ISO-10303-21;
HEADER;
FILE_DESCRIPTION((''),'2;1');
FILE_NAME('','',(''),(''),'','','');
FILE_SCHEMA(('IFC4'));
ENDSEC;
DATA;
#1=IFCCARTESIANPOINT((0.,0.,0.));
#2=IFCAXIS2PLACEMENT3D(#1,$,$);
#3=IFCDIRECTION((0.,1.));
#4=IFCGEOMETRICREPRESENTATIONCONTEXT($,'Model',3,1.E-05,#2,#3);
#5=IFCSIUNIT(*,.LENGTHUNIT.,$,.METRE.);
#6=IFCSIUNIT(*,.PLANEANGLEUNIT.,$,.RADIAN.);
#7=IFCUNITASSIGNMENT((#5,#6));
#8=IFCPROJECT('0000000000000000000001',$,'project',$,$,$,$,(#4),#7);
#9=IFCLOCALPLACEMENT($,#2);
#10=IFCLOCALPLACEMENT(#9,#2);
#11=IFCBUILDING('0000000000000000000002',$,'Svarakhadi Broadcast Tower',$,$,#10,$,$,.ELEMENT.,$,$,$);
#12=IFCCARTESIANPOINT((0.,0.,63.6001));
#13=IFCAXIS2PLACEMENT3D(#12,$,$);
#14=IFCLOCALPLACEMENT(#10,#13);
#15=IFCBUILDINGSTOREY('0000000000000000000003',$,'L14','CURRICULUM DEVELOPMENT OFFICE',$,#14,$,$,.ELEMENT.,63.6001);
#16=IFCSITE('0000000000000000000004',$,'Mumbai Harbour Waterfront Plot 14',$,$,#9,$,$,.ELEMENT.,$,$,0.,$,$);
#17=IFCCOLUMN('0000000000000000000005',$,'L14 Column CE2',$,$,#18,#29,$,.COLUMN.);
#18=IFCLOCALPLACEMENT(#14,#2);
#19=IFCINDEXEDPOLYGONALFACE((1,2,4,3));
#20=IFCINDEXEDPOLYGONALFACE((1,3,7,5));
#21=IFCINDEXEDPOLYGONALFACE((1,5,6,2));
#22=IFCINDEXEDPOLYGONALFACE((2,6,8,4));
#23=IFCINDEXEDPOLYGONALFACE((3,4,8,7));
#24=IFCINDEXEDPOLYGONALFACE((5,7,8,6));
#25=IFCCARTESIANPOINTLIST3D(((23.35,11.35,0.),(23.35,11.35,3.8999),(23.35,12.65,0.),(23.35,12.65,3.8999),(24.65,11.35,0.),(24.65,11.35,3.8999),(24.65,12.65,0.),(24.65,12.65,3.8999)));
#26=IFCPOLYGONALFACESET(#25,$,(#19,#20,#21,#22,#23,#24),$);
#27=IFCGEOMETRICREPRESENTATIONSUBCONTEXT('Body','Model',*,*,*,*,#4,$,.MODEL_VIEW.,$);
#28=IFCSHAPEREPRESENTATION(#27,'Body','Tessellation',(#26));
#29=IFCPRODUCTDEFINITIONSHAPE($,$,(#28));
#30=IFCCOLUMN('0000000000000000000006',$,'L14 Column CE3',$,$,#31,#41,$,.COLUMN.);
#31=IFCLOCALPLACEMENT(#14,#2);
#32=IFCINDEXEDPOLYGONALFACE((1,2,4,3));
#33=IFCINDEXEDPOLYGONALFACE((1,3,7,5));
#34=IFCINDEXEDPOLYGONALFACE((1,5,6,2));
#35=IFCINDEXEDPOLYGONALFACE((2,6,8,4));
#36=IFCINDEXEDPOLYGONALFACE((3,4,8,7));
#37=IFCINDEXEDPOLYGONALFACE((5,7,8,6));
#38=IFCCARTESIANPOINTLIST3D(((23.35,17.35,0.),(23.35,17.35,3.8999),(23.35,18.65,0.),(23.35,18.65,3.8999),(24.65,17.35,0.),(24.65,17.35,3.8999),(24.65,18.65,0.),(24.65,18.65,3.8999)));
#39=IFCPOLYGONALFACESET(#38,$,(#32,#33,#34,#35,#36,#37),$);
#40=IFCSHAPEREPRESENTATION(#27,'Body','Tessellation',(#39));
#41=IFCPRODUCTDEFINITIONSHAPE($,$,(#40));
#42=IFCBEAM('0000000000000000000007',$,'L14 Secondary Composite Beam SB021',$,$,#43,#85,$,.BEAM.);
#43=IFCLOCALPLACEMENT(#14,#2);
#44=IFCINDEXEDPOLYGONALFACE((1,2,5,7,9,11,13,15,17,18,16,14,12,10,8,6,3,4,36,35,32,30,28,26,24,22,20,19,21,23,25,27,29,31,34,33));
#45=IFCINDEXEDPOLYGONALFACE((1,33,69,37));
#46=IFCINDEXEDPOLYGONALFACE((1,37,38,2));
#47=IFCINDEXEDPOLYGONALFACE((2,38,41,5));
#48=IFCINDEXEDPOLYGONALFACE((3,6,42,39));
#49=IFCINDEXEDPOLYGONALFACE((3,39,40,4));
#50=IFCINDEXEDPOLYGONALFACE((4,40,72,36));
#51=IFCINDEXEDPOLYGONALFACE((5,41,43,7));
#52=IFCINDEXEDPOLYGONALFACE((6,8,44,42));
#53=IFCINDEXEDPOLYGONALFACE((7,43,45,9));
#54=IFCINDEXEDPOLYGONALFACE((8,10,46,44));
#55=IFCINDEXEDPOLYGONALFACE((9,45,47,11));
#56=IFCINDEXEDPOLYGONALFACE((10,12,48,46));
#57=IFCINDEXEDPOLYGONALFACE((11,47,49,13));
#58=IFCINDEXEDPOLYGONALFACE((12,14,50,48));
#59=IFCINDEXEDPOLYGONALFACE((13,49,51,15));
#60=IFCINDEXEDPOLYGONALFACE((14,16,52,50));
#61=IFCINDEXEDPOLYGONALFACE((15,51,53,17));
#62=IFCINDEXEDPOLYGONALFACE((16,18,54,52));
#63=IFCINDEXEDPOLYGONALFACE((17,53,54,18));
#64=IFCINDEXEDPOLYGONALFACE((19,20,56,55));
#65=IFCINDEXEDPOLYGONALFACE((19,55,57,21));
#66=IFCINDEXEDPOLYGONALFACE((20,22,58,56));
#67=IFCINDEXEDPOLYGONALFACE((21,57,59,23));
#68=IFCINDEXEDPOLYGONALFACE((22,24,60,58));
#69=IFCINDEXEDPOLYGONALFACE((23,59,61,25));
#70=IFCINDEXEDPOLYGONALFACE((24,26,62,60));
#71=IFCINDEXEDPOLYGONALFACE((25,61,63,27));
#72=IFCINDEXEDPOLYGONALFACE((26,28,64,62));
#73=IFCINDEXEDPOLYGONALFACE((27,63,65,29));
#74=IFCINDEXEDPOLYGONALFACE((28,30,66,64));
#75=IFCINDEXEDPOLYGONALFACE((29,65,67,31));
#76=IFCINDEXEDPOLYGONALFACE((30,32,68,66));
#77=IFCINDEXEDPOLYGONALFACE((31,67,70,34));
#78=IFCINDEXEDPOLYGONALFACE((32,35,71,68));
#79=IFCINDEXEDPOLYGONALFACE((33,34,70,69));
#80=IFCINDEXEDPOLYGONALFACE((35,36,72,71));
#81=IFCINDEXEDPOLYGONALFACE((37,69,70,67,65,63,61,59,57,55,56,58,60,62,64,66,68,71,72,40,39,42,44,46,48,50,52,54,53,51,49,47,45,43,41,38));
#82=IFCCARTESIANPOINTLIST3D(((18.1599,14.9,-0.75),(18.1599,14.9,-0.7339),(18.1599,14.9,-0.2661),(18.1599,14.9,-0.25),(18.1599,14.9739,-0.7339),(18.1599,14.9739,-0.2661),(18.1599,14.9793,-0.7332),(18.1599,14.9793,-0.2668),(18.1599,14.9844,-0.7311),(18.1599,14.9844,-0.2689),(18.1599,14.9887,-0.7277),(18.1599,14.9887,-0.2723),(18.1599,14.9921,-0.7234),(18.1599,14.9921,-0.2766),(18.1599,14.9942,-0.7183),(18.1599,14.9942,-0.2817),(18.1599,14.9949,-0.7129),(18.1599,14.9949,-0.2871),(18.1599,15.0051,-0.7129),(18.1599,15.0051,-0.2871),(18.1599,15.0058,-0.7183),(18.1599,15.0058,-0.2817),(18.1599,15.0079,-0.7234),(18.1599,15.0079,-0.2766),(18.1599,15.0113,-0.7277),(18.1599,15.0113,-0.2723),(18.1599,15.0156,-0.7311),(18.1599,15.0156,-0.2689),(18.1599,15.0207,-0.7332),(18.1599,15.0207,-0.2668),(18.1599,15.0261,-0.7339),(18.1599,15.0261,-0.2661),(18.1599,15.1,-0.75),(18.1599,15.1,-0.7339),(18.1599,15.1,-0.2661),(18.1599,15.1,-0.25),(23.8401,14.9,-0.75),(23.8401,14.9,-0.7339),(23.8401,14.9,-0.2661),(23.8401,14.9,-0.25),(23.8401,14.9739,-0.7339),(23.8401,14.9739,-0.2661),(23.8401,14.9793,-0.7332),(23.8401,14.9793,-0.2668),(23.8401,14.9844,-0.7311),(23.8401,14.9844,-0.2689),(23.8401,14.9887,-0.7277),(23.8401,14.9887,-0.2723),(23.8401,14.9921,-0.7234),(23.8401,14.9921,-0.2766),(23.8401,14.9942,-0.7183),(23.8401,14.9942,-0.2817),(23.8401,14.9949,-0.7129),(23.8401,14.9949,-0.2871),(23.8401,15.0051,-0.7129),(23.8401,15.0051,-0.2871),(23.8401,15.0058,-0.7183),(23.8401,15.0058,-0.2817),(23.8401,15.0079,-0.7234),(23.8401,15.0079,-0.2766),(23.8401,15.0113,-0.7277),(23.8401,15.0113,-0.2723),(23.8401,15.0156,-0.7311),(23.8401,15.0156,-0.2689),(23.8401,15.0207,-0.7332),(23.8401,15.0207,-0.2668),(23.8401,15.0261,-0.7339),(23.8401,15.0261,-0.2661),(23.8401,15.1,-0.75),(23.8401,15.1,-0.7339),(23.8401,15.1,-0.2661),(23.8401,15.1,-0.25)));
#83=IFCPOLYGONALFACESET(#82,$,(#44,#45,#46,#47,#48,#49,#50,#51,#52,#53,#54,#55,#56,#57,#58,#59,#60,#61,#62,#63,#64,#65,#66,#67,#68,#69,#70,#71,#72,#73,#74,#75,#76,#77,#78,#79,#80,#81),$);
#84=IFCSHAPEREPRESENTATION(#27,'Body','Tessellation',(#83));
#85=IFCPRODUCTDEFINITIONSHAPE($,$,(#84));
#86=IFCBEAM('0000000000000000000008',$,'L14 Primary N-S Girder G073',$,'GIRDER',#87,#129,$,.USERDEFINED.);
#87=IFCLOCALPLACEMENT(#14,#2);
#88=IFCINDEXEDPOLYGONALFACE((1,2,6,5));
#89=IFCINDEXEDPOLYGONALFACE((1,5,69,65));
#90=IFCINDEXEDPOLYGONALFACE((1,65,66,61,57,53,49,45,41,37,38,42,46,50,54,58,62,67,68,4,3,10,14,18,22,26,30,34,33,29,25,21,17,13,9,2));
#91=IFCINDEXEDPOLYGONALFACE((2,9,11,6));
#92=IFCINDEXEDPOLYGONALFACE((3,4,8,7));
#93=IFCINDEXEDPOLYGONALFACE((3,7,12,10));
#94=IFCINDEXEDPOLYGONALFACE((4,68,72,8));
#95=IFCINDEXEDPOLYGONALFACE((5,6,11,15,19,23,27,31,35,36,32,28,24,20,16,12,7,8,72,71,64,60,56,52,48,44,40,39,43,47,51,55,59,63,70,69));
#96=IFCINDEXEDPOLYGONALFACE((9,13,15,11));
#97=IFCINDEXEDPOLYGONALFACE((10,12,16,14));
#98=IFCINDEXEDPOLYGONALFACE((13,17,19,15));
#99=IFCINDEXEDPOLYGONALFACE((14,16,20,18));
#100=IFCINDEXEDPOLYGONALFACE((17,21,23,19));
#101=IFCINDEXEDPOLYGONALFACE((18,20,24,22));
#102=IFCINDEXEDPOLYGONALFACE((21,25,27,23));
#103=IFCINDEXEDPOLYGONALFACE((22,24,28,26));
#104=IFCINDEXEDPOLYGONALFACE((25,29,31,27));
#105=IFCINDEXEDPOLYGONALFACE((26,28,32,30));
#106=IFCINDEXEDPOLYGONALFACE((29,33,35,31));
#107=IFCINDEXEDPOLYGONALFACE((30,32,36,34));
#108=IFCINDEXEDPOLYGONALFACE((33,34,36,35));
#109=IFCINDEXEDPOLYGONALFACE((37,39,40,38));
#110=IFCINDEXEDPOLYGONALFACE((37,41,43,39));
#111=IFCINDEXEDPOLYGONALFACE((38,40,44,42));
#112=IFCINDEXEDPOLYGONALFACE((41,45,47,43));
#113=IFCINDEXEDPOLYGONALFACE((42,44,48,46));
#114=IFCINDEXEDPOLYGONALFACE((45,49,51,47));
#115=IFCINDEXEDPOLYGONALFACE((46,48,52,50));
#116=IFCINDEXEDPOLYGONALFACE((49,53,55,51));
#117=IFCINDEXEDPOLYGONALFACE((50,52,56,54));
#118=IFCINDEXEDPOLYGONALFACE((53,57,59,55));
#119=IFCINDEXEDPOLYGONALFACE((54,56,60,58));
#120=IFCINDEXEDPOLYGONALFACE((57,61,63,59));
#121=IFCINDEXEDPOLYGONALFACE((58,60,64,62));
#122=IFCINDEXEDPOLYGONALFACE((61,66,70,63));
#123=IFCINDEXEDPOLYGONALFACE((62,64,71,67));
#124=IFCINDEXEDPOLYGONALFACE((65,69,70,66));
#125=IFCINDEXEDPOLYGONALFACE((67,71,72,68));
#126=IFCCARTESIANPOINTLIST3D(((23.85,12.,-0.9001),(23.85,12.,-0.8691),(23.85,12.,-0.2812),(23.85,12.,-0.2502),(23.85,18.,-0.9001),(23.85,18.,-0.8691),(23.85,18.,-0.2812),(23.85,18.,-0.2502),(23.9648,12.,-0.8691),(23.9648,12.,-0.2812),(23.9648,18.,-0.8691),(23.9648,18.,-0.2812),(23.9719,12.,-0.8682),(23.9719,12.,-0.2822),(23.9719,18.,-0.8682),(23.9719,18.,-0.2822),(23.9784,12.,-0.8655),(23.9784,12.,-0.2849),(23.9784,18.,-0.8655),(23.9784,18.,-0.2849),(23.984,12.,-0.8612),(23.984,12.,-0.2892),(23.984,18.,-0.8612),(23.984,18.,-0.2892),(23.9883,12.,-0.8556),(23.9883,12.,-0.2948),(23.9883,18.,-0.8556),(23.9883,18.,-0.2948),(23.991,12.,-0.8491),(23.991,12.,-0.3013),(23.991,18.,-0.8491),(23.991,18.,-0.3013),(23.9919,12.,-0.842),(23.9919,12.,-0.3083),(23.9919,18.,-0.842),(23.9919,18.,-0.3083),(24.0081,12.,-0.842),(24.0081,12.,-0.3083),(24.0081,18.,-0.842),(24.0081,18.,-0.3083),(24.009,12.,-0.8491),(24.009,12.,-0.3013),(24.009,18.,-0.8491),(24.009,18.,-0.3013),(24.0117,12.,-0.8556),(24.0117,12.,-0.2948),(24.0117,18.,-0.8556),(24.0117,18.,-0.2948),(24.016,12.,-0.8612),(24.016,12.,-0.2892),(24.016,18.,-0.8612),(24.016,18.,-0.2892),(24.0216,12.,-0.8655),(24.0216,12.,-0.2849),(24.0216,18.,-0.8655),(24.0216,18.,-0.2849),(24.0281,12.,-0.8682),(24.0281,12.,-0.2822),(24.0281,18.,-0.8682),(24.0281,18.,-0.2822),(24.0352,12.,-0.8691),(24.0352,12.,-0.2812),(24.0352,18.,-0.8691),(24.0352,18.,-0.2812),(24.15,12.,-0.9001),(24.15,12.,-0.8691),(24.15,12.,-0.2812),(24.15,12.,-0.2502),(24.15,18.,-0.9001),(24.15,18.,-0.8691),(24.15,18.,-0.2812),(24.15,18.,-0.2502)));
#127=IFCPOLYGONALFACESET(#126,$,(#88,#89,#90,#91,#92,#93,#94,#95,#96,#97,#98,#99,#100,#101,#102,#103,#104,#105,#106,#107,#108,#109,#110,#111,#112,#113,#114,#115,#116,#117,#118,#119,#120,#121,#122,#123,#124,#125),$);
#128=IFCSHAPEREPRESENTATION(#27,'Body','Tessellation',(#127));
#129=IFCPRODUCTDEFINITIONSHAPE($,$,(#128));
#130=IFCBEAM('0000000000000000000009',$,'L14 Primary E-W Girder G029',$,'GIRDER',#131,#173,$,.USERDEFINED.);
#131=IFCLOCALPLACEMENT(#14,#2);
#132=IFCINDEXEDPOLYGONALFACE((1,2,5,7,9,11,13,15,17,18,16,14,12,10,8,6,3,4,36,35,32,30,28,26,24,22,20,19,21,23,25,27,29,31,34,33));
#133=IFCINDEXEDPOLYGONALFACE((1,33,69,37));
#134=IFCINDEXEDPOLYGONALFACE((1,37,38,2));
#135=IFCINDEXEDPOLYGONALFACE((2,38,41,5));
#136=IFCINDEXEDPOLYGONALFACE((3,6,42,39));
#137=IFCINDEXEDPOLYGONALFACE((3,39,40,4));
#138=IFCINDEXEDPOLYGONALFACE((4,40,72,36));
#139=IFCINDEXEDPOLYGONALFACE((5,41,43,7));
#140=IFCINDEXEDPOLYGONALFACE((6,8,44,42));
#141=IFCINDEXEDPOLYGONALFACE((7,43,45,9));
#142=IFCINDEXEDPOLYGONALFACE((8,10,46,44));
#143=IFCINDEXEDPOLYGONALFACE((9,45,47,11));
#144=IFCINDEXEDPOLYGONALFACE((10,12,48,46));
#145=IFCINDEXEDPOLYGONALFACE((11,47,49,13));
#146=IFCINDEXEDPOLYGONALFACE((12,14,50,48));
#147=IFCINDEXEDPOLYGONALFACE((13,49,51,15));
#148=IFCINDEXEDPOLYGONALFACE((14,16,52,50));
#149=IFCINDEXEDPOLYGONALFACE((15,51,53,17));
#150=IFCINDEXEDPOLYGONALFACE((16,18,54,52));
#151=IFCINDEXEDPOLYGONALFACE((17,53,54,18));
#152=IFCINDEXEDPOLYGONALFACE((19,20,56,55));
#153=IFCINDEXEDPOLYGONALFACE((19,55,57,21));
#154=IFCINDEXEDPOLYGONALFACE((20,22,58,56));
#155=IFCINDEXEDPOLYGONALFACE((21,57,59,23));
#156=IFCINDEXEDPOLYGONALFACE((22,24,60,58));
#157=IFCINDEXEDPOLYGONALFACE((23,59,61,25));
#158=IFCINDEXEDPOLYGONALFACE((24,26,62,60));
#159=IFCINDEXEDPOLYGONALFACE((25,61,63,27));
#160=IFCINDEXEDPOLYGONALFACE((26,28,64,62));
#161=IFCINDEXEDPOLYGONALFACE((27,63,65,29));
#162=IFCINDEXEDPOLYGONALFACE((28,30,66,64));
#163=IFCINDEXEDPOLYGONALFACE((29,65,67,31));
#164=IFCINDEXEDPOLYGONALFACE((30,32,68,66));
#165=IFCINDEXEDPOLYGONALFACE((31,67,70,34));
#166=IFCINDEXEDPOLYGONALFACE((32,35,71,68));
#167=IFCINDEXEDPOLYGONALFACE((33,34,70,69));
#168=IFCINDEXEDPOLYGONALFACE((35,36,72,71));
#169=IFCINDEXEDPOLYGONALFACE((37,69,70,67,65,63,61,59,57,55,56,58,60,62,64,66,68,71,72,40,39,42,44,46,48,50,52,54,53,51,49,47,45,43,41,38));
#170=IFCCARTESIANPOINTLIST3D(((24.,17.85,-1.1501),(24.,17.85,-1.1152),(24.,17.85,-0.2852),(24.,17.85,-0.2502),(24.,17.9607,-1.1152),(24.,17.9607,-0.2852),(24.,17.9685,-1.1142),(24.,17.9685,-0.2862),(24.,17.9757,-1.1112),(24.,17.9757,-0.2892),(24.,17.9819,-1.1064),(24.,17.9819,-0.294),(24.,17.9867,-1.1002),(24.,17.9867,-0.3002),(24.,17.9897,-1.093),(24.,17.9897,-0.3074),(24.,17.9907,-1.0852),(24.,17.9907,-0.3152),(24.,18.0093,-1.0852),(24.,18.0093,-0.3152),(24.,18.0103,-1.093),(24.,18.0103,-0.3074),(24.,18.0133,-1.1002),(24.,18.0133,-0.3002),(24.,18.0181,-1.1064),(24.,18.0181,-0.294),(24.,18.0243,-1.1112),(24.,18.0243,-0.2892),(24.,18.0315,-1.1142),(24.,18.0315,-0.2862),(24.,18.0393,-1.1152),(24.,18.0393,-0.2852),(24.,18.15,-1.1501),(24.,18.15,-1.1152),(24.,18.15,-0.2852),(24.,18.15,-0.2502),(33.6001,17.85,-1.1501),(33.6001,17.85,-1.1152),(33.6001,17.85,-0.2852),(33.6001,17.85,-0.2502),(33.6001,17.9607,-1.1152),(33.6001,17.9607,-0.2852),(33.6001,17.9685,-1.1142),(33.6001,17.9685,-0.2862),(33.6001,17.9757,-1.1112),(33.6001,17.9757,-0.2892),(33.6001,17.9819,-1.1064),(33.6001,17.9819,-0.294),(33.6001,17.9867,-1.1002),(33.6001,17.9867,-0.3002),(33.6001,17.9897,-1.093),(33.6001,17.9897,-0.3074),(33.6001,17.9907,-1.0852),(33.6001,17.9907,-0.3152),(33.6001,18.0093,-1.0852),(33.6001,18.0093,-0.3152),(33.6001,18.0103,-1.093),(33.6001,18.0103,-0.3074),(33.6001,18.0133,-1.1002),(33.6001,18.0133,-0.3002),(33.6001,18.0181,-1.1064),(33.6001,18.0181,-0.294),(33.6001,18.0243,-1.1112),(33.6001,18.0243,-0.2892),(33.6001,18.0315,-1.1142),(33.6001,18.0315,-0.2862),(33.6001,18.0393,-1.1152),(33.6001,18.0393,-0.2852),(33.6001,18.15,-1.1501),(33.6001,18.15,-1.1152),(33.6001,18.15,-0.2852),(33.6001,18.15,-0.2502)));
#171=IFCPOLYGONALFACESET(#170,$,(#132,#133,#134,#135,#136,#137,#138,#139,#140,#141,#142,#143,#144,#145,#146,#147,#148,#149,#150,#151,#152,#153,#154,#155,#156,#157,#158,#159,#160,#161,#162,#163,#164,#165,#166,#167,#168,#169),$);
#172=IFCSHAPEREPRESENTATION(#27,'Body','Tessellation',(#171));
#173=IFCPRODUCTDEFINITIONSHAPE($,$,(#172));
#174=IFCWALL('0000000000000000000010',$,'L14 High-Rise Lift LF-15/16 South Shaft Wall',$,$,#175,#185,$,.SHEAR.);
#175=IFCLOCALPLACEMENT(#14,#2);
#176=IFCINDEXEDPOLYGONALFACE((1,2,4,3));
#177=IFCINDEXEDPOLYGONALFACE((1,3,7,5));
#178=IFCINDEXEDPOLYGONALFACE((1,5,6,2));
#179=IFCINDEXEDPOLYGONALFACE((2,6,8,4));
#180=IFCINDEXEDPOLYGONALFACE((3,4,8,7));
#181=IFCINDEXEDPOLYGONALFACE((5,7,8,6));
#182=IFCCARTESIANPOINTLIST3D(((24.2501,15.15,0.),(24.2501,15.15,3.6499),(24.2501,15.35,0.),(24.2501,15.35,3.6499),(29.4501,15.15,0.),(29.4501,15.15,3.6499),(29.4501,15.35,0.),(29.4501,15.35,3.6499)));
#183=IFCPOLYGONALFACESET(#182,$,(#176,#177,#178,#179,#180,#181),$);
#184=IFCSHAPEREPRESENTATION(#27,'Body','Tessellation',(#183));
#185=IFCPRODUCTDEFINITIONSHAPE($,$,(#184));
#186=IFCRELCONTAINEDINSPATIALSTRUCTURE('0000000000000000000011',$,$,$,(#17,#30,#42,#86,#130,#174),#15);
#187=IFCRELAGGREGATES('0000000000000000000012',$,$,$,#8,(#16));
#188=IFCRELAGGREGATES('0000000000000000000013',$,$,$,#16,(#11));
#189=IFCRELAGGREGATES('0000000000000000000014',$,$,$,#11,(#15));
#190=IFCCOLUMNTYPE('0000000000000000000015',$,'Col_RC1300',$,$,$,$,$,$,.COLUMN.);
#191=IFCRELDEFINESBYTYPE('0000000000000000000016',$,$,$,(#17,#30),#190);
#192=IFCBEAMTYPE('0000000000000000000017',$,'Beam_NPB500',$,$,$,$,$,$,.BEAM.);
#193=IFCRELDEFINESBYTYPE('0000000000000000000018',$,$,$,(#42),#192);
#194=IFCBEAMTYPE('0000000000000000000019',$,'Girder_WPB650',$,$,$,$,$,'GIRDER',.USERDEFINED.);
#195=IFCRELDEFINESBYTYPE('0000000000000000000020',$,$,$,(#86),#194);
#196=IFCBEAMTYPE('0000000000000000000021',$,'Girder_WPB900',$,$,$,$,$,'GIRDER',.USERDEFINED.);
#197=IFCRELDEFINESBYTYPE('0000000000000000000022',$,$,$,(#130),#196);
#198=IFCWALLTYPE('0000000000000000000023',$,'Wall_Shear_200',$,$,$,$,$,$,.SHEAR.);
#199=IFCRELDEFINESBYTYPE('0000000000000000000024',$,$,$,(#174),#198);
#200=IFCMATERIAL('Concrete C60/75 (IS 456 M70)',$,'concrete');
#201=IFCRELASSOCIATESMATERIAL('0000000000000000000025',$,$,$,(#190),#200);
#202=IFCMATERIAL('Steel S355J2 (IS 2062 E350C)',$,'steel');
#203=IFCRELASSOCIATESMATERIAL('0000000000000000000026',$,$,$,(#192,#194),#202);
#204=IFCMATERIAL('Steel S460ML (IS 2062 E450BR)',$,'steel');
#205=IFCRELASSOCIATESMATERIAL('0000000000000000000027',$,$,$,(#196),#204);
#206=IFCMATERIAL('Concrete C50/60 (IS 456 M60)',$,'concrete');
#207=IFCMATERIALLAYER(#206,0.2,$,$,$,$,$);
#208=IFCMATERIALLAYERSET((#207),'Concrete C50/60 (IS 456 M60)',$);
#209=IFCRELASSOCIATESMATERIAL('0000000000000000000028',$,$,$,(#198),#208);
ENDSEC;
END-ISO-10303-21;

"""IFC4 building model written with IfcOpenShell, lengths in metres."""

from ifc_helpers import new_model, si_unit, direction, frame, frame_2d, origin, origin_2d, place, context, subcontext, project, spatial, rectangle, i_section, extrude, material, layer, layer_set, material_profile, profile_set, type_object, element, save


model = new_model("IFC4")

# Units and contexts
model_context = context("Model", 3, precision=1e-05, world=origin(), true_north=direction((0.0, 1.0)))
body_context = subcontext(model_context, "Body", "Model", "MODEL_VIEW")
ifc_project = project(units=[si_unit("LENGTHUNIT", "METRE"), si_unit("PLANEANGLEUNIT", "RADIAN")], contexts=[model_context])

# Site, building, storey
site_placement = place(None, origin())
site = spatial("IfcSite", under=ifc_project, at=site_placement, Name="Mumbai Harbour Waterfront Plot 14", CompositionType="ELEMENT", RefElevation=0.0)
building_placement = place(site_placement, origin())
building = spatial("IfcBuilding", under=site, at=building_placement, Name="Svarakhadi Broadcast Tower", CompositionType="ELEMENT")
storey_placement = place(building_placement, frame((0.0, 0.0, 63.6001)))
storey = spatial("IfcBuildingStorey", under=building, at=storey_placement, Name="L14", Description="CURRICULUM DEVELOPMENT OFFICE", CompositionType="ELEMENT", Elevation=63.6001)

# Columns
ifc_material_1 = material(Name="Concrete C60/75 (IS 456 M70)", Category="concrete")
ifc_material_profile_1 = material_profile(ifc_material_1, rectangle(XDim=1.3, YDim=1.3, at=origin_2d()), Name="RC 1300x1300")
ifc_profile_set_1 = profile_set([ifc_material_profile_1], Name="Concrete C60/75 (IS 456 M70)")
column_type = type_object("IfcColumnType", Name="Col_RC1300", PredefinedType="COLUMN", material=ifc_profile_set_1)
for number, where, z_axis, x_axis, name in (
    (1, (24.0, 12.0, 0.0), (0.0, 0.0, 1.0), (1.0, 0.0, 0.0), "L14 Column CE2"),
    (2, (24.0, 18.0, 0.0), (0.0, 0.0, 1.0), (1.0, 0.0, 0.0), "L14 Column CE3"),
):
    element("IfcColumn", number, at=place(storey_placement, frame(where, z_axis=z_axis, x_axis=x_axis)), inside=storey, type_object=column_type, Name=name, PredefinedType="COLUMN", context=body_context, shape_type="SweptSolid", body=[
        extrude(rectangle(XDim=1.3, YDim=1.3, at=origin_2d()), origin(), (0.0, 0.0, 1.0), 3.8999),
    ])

# Beams
ifc_material_2 = material(Name="Steel S355J2 (IS 2062 E350C)", Category="steel")
ifc_material_profile_2 = material_profile(ifc_material_2, i_section(OverallWidth=0.2, OverallDepth=0.5, WebThickness=0.0103, FlangeThickness=0.0161, FilletRadius=0.021, at=origin_2d()), Name="NPB 500x200x91")
ifc_profile_set_2 = profile_set([ifc_material_profile_2], Name="Steel S355J2 (IS 2062 E350C)")
beam_type_1 = type_object("IfcBeamType", Name="Beam_NPB500", PredefinedType="BEAM", material=ifc_profile_set_2)
beam_1_placement = place(storey_placement, frame((18.1599, 15.0, -0.5), z_axis=(1.0, 0.0, 0.0), x_axis=(0.0, 1.0, 0.0)))
element("IfcBeam", 3, at=beam_1_placement, inside=storey, type_object=beam_type_1, Name="L14 Secondary Composite Beam SB021", PredefinedType="BEAM", context=body_context, shape_type="SweptSolid", body=[
    extrude(i_section(OverallWidth=0.2, OverallDepth=0.5, WebThickness=0.0103, FlangeThickness=0.0161, FilletRadius=0.021, at=origin_2d()), origin(), (0.0, 0.0, 1.0), 5.6802),
])
ifc_material_profile_3 = material_profile(ifc_material_2, i_section(OverallWidth=0.3, OverallDepth=0.6499, WebThickness=0.0161, FlangeThickness=0.031, FilletRadius=0.0271, at=origin_2d()), Name="WPB 650x300x225")
ifc_profile_set_3 = profile_set([ifc_material_profile_3], Name="Steel S355J2 (IS 2062 E350C)")
beam_type_2 = type_object("IfcBeamType", Name="Girder_WPB650", ElementType="GIRDER", PredefinedType="USERDEFINED", material=ifc_profile_set_3)
beam_2_placement = place(storey_placement, frame((24.0, 12.0, -0.5752), z_axis=(0.0, 1.0, 0.0), x_axis=(-1.0, 0.0, 0.0)))
element("IfcBeam", 4, at=beam_2_placement, inside=storey, type_object=beam_type_2, Name="L14 Primary N-S Girder G073", ObjectType="GIRDER", PredefinedType="USERDEFINED", context=body_context, shape_type="SweptSolid", body=[
    extrude(i_section(OverallWidth=0.3, OverallDepth=0.6499, WebThickness=0.0161, FlangeThickness=0.031, FilletRadius=0.0271, at=origin_2d()), origin(), (0.0, 0.0, 1.0), 6.0),
])
ifc_material_3 = material(Name="Steel S460ML (IS 2062 E450BR)", Category="steel")
ifc_material_profile_4 = material_profile(ifc_material_3, i_section(OverallWidth=0.3, OverallDepth=0.8999, WebThickness=0.0186, FlangeThickness=0.0349, FilletRadius=0.03, at=origin_2d()), Name="WPB 900x300x291")
ifc_profile_set_4 = profile_set([ifc_material_profile_4], Name="Steel S460ML (IS 2062 E450BR)")
beam_type_3 = type_object("IfcBeamType", Name="Girder_WPB900", ElementType="GIRDER", PredefinedType="USERDEFINED", material=ifc_profile_set_4)
beam_3_placement = place(storey_placement, frame((24.0, 18.0, -0.7002), z_axis=(1.0, 0.0, 0.0), x_axis=(0.0, 1.0, 0.0)))
element("IfcBeam", 5, at=beam_3_placement, inside=storey, type_object=beam_type_3, Name="L14 Primary E-W Girder G029", ObjectType="GIRDER", PredefinedType="USERDEFINED", context=body_context, shape_type="SweptSolid", body=[
    extrude(i_section(OverallWidth=0.3, OverallDepth=0.8999, WebThickness=0.0186, FlangeThickness=0.0349, FilletRadius=0.03, at=origin_2d()), origin(), (0.0, 0.0, 1.0), 9.6001),
])

# Shared definitions
ifc_material_4 = material(Name="Concrete C50/60 (IS 456 M60)", Category="concrete")
ifc_layer_1 = layer(ifc_material_4, 0.2)
ifc_layer_set_1 = layer_set([ifc_layer_1], Name="Concrete C50/60 (IS 456 M60)")
wall_type_1 = type_object("IfcWallType", Name="Wall_Shear_200", PredefinedType="SHEAR", material=ifc_layer_set_1)

# Wall
wall_1_placement = place(storey_placement, frame((24.25, 15.25, 0.0), z_axis=(0.0, 0.0, 1.0), x_axis=(1.0, 0.0, 0.0)))
element("IfcWall", 6, at=wall_1_placement, inside=storey, type_object=wall_type_1, Name="L14 High-Rise Lift LF-15/16 South Shaft Wall", PredefinedType="SHEAR", context=body_context, shape_type="SweptSolid", body=[
    extrude(rectangle(XDim=5.2, YDim=0.2, at=frame_2d((2.6001, 0.0))), origin(), (0.0, 0.0, 1.0), 3.6499),
])

save(model, "model.ifc")
